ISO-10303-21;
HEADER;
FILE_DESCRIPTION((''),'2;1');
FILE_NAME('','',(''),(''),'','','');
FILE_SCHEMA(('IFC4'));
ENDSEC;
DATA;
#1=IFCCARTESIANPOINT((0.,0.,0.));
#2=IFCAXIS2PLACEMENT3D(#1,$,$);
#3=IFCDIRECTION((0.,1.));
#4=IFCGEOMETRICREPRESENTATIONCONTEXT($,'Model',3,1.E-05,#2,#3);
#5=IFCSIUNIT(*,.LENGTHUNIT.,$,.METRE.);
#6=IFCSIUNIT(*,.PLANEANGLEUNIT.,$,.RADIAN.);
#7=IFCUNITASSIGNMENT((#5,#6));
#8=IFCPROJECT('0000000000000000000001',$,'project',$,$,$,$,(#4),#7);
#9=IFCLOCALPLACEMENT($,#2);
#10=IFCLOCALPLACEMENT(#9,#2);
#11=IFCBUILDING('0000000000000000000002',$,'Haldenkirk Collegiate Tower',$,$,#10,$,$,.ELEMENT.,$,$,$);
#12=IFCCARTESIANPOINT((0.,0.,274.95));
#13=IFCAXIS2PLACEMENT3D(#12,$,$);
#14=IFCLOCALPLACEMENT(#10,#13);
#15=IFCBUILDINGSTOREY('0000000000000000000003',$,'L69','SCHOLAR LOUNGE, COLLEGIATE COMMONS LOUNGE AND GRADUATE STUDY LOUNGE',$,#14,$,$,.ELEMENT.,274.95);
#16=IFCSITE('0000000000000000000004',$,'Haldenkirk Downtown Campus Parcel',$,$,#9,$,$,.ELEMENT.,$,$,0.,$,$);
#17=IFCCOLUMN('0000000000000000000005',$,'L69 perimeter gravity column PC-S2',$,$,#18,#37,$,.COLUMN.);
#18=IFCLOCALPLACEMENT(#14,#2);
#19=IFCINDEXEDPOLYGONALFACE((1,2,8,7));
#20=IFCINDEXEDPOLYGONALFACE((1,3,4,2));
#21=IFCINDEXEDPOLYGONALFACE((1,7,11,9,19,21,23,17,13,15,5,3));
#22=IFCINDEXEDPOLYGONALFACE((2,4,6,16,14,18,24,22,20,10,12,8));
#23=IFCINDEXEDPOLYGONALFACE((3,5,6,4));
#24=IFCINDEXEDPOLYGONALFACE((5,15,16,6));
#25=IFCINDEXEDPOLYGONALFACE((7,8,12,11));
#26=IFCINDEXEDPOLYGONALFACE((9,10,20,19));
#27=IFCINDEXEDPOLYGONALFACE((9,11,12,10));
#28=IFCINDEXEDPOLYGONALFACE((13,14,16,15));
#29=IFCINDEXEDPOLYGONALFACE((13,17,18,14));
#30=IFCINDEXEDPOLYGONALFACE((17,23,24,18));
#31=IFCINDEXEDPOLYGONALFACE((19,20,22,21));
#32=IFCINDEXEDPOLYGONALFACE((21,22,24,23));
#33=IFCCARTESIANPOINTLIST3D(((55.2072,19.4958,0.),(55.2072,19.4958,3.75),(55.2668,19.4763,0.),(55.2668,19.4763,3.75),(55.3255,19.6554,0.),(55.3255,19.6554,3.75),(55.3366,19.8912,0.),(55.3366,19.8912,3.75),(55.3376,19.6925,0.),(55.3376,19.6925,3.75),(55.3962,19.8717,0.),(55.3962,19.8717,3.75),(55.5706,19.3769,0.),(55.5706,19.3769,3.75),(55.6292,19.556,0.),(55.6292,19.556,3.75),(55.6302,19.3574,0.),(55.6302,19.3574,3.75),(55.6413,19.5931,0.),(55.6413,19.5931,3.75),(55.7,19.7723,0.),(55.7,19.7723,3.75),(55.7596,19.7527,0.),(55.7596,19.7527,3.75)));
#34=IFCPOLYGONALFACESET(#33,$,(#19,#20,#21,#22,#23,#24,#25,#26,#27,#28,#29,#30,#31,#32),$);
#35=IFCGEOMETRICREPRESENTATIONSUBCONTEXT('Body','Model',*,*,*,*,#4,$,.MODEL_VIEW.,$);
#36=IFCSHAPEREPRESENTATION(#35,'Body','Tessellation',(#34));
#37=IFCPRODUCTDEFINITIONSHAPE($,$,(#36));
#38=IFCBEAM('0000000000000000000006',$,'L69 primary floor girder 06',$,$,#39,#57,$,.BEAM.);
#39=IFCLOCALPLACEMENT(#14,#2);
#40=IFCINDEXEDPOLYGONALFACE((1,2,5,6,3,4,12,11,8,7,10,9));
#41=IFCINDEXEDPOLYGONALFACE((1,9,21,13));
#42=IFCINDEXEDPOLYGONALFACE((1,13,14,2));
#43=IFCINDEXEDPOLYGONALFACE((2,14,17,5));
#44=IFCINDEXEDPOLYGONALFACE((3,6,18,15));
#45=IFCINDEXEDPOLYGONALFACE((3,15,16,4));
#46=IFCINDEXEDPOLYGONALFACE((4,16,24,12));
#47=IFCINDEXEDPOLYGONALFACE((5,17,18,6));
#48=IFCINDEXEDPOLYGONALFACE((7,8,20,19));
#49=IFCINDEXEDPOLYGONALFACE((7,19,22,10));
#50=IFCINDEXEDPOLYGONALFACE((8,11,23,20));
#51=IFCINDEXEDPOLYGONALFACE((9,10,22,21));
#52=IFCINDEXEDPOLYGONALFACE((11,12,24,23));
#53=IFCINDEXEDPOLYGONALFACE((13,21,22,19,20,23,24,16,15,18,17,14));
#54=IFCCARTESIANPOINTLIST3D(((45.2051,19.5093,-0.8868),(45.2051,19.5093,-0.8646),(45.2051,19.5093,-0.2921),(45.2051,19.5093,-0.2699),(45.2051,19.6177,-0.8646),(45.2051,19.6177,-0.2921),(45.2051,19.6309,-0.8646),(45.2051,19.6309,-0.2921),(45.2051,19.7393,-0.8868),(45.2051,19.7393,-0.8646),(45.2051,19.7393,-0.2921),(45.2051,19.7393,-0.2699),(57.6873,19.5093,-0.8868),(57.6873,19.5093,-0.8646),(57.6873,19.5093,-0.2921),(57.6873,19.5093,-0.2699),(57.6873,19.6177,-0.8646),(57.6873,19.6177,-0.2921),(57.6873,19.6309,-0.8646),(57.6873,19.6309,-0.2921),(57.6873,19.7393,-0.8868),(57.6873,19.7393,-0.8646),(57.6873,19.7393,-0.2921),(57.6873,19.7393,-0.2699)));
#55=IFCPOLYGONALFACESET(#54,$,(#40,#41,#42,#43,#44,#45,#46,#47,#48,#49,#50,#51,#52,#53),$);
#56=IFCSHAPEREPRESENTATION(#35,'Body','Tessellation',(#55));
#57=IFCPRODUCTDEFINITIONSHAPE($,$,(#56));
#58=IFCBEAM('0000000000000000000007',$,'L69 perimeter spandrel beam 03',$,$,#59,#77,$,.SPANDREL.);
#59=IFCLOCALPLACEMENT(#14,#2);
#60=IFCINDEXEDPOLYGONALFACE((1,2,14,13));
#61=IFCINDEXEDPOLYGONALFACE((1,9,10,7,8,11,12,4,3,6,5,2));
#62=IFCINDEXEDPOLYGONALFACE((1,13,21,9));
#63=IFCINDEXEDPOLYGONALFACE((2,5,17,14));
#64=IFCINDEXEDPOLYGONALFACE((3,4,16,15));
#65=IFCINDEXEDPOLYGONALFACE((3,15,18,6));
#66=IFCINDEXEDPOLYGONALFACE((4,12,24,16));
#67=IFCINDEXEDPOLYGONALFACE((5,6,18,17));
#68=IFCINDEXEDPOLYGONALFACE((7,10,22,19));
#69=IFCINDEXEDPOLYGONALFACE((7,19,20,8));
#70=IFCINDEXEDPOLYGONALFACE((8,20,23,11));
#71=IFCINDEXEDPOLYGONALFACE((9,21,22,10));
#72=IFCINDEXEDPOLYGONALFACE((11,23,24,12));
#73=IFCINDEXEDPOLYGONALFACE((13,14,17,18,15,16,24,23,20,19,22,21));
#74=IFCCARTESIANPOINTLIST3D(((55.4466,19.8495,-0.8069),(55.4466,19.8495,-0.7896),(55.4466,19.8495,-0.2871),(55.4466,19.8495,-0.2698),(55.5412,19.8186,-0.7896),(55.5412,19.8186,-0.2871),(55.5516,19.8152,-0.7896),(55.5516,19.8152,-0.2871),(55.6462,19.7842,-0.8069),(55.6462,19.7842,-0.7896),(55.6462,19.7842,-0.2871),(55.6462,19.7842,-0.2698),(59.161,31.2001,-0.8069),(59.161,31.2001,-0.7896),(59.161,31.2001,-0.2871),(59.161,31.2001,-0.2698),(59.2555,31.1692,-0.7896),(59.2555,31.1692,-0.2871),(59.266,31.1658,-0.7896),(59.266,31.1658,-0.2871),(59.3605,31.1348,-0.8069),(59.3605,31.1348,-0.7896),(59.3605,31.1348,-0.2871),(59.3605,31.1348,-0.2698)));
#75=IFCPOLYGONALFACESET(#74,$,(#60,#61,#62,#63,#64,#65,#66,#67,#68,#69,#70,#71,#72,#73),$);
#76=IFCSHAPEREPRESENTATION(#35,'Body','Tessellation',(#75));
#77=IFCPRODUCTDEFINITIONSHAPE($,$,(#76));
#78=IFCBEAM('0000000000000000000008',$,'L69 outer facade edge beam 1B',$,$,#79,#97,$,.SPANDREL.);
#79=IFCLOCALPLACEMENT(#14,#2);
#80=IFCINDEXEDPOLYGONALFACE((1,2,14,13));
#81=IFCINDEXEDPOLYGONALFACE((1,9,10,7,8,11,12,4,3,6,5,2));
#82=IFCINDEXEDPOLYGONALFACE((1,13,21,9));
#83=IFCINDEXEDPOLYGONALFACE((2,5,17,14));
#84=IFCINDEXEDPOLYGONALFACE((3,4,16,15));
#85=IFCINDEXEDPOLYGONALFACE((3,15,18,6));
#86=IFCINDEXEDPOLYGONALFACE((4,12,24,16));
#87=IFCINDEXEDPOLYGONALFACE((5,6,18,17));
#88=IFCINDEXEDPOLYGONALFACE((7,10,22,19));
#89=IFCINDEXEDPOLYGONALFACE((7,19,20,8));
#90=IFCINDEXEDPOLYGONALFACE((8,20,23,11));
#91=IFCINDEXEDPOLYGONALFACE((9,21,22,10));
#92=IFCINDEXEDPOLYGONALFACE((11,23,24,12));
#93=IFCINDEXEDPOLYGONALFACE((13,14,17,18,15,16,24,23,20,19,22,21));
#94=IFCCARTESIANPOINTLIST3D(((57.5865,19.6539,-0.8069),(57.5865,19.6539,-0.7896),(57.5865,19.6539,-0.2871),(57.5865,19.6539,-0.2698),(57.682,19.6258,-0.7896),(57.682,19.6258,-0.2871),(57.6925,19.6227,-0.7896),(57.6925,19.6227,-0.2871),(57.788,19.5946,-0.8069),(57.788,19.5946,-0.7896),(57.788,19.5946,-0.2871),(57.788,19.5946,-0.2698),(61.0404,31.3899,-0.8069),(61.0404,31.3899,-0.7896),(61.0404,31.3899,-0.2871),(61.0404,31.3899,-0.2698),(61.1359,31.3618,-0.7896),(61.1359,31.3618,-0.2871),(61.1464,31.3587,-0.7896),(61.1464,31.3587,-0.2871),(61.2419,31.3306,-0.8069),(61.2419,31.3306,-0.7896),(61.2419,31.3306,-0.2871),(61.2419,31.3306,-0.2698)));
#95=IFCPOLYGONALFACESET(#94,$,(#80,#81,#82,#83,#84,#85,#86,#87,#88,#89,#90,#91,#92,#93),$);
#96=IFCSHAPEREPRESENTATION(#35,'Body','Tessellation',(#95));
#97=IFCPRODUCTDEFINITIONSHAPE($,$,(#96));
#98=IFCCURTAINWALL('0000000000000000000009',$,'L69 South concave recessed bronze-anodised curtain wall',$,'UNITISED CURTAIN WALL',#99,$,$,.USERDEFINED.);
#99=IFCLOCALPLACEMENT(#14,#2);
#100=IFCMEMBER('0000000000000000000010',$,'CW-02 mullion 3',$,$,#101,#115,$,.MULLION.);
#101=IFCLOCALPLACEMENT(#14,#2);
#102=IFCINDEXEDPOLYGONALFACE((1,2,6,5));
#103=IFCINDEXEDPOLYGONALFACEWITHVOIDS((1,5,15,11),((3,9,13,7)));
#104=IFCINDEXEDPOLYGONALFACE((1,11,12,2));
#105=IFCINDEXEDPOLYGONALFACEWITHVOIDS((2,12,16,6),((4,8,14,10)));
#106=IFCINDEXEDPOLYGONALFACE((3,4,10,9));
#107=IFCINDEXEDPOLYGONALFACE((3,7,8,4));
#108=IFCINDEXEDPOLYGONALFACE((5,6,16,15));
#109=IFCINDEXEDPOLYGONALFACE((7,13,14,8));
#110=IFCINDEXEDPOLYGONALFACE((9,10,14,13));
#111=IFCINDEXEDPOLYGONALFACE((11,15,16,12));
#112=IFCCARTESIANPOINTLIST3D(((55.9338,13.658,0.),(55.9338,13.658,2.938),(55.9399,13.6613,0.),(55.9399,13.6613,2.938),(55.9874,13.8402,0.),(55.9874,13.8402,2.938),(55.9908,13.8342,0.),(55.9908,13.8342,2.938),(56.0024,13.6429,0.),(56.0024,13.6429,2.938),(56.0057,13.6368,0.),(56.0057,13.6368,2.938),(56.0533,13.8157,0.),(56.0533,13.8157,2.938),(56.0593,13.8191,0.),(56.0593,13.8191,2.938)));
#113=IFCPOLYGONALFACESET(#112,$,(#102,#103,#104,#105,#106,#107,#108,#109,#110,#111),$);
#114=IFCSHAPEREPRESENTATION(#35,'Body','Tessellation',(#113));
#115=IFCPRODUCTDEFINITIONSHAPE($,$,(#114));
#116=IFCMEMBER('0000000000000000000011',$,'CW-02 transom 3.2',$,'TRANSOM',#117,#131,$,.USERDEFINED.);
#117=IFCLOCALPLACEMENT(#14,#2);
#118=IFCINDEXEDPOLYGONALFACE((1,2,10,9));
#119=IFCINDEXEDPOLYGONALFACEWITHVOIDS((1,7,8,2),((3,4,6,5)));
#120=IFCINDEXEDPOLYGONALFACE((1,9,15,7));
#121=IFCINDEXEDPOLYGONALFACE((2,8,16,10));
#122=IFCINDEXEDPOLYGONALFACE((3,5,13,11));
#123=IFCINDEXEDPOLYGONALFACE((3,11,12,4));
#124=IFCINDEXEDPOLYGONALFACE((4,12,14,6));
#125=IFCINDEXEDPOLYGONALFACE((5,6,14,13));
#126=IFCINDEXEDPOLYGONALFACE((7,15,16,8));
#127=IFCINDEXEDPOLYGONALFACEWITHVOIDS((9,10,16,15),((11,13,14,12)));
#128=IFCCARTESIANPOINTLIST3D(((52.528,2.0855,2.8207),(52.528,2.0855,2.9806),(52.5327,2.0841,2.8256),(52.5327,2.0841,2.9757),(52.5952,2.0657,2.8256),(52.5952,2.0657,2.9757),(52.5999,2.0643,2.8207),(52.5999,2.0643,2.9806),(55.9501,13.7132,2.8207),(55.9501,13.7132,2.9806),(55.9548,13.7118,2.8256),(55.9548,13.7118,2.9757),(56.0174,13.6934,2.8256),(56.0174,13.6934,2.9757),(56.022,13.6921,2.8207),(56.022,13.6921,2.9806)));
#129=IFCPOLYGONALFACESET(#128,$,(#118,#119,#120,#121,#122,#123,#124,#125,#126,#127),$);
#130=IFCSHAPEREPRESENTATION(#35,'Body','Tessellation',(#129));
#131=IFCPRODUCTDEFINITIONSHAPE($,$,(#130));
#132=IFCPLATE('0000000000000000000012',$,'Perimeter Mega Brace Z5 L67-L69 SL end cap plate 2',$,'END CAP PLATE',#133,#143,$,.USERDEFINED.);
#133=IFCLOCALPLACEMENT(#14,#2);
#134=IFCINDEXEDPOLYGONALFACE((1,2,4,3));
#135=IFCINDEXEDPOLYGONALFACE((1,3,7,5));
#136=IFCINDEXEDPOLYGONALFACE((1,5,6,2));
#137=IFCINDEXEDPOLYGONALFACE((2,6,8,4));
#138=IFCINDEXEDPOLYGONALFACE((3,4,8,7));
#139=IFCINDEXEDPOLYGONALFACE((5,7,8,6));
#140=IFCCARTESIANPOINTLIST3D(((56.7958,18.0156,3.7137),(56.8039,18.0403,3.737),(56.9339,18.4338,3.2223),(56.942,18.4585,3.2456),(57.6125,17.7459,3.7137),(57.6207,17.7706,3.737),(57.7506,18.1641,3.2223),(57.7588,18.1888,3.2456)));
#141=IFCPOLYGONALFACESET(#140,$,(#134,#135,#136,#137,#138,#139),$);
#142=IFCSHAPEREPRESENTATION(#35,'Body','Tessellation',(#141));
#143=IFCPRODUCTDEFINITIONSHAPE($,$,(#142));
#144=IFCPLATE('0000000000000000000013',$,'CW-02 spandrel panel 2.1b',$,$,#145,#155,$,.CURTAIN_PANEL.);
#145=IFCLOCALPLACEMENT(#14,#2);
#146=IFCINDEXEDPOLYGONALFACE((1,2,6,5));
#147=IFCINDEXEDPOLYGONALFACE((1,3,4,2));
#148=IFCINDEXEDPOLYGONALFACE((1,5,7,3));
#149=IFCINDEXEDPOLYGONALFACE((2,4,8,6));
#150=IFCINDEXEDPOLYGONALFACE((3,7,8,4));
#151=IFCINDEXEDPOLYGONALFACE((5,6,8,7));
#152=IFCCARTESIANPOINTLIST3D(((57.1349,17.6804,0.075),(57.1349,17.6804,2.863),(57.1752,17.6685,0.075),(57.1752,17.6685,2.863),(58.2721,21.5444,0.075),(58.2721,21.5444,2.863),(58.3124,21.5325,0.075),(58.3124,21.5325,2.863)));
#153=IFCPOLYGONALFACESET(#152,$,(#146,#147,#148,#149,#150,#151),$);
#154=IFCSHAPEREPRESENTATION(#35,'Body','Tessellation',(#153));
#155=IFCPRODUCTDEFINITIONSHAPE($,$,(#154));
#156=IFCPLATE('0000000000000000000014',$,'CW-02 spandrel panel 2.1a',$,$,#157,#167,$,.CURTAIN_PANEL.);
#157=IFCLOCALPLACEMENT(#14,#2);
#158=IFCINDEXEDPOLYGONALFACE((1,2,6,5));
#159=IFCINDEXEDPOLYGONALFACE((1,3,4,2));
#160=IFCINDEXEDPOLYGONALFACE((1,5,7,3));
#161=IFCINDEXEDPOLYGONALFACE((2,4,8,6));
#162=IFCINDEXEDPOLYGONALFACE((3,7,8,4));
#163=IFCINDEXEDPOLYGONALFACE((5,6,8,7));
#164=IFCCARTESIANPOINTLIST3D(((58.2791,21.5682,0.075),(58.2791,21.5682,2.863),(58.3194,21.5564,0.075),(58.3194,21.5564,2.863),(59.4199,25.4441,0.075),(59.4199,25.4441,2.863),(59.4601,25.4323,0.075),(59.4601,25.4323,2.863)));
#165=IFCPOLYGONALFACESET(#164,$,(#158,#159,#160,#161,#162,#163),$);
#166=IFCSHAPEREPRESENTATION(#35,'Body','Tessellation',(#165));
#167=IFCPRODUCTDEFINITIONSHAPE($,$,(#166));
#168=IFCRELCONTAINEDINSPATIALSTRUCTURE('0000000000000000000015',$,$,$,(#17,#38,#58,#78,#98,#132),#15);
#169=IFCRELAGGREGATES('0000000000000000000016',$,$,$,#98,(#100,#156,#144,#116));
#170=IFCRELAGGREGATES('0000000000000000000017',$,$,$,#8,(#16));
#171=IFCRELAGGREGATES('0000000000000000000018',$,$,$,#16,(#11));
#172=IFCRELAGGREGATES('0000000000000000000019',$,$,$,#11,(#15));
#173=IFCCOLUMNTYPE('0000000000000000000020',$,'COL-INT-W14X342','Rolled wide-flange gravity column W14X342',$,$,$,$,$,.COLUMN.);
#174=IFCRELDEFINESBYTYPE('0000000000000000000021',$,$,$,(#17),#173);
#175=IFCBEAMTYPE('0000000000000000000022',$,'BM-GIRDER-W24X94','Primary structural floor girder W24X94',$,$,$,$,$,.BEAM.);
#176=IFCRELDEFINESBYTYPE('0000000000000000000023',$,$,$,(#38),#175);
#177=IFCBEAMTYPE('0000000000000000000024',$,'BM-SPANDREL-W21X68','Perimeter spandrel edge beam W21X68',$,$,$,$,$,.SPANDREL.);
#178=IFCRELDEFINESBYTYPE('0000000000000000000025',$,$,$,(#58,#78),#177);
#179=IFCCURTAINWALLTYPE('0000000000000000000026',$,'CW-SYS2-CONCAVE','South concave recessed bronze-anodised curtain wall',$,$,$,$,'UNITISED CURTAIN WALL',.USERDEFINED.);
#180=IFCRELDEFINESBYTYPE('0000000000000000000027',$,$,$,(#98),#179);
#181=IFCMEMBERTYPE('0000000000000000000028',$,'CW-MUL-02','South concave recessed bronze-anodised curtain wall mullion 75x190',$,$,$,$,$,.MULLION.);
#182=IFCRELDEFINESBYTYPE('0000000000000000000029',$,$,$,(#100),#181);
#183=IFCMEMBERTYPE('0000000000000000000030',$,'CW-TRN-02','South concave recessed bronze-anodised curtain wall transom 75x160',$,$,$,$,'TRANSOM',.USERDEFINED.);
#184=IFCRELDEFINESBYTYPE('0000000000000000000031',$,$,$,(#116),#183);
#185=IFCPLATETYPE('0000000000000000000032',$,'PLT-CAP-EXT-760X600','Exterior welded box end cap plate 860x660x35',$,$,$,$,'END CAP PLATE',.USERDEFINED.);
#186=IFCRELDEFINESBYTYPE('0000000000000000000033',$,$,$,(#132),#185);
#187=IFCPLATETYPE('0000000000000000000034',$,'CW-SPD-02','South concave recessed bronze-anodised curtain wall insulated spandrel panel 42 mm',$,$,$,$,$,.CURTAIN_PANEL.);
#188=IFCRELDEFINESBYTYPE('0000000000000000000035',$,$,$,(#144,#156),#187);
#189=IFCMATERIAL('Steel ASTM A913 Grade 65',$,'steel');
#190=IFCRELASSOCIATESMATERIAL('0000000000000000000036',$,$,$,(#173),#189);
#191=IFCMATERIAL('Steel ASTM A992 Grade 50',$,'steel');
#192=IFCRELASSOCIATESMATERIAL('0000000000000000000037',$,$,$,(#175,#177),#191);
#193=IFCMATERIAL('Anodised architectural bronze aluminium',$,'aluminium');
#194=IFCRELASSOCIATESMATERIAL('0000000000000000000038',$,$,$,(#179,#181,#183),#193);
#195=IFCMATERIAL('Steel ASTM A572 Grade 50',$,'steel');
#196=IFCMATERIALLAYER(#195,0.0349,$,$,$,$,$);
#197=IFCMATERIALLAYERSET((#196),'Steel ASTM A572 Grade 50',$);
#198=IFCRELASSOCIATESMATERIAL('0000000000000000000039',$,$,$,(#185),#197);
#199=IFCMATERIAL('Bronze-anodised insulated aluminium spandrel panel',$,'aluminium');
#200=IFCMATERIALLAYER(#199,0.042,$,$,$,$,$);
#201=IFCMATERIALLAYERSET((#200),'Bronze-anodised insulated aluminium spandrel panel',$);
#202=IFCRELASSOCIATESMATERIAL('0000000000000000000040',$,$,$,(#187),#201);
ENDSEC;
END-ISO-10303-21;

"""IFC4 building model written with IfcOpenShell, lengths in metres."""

from ifc_helpers import new_model, si_unit, direction, frame, origin, origin_2d, place, context, subcontext, project, spatial, rectangle, hollow_rectangle, i_section, extrude, source, transform, mapped, material, layer, layer_set, material_profile, profile_set, type_object, element, aggregate, save


model = new_model("IFC4")

# Units and contexts
model_context = context("Model", 3, precision=1e-05, world=origin(), true_north=direction((0.0, 1.0)))
body_context = subcontext(model_context, "Body", "Model", "MODEL_VIEW")
ifc_project = project(units=[si_unit("LENGTHUNIT", "METRE"), si_unit("PLANEANGLEUNIT", "RADIAN")], contexts=[model_context])

# Site, building, storey
site_placement = place(None, origin())
site = spatial("IfcSite", under=ifc_project, at=site_placement, Name="Haldenkirk Downtown Campus Parcel", CompositionType="ELEMENT", RefElevation=0.0)
building_placement = place(site_placement, origin())
building = spatial("IfcBuilding", under=site, at=building_placement, Name="Haldenkirk Collegiate Tower", CompositionType="ELEMENT")
storey_placement = place(building_placement, frame((0.0, 0.0, 274.95)))
storey = spatial("IfcBuildingStorey", under=building, at=storey_placement, Name="L69", Description="SCHOLAR LOUNGE, COLLEGIATE COMMONS LOUNGE AND GRADUATE STUDY LOUNGE", CompositionType="ELEMENT", Elevation=274.95)

# Column
ifc_material_1 = material(Name="Steel ASTM A913 Grade 65", Category="steel")
ifc_material_profile_1 = material_profile(ifc_material_1, i_section(OverallWidth=0.416, OverallDepth=0.4451, WebThickness=0.0391, FlangeThickness=0.0627, at=origin_2d()), Name="W14X342")
ifc_profile_set_1 = profile_set([ifc_material_profile_1], Name="Steel ASTM A913 Grade 65")
column_type = type_object("IfcColumnType", Name="COL-INT-W14X342", Description="Rolled wide-flange gravity column W14X342", PredefinedType="COLUMN", material=ifc_profile_set_1)
column_placement = place(storey_placement, frame((55.4834, 19.6243, 0.0), z_axis=(0.0, 0.0, 1.0), x_axis=(0.311008, 0.950407, 0.0)))
element("IfcColumn", 1, at=column_placement, inside=storey, type_object=column_type, Name="L69 perimeter gravity column PC-S2", PredefinedType="COLUMN", context=body_context, shape_type="SweptSolid", body=[
    extrude(i_section(OverallWidth=0.416, OverallDepth=0.4451, WebThickness=0.0391, FlangeThickness=0.0627, at=origin_2d()), origin(), (0.0, 0.0, 1.0), 3.75),
])

# Beams
ifc_material_2 = material(Name="Steel ASTM A992 Grade 50", Category="steel")
ifc_material_profile_2 = material_profile(ifc_material_2, i_section(OverallWidth=0.23, OverallDepth=0.6169, WebThickness=0.0132, FlangeThickness=0.0222, at=origin_2d()), Name="W24X94")
ifc_profile_set_2 = profile_set([ifc_material_profile_2], Name="Steel ASTM A992 Grade 50")
beam_type_1 = type_object("IfcBeamType", Name="BM-GIRDER-W24X94", Description="Primary structural floor girder W24X94", PredefinedType="BEAM", material=ifc_profile_set_2)
beam_1_placement = place(storey_placement, frame((57.6873, 19.6243, -0.5784), z_axis=(-1.0, 0.0, 0.0), x_axis=(0.0, -1.0, 0.0)))
element("IfcBeam", 2, at=beam_1_placement, inside=storey, type_object=beam_type_1, Name="L69 primary floor girder 06", PredefinedType="BEAM", context=body_context, shape_type="SweptSolid", body=[
    extrude(i_section(OverallWidth=0.23, OverallDepth=0.6169, WebThickness=0.0132, FlangeThickness=0.0222, at=origin_2d()), origin(), (0.0, 0.0, 1.0), 12.4822),
])
ifc_material_profile_3 = material_profile(ifc_material_2, i_section(OverallWidth=0.21, OverallDepth=0.5371, WebThickness=0.011, FlangeThickness=0.0173, at=origin_2d()), Name="W21X68")
ifc_profile_set_3 = profile_set([ifc_material_profile_3], Name="Steel ASTM A992 Grade 50")
beam_type_2 = type_object("IfcBeamType", Name="BM-SPANDREL-W21X68", Description="Perimeter spandrel edge beam W21X68", PredefinedType="SPANDREL", material=ifc_profile_set_3)
beam_2_placement = place(storey_placement, frame((55.5464, 19.8169, -0.5383), z_axis=(0.31101, 0.950407, 0.0), x_axis=(-0.950407, 0.31101, 0.0)))
element("IfcBeam", 3, at=beam_2_placement, inside=storey, type_object=beam_type_2, Name="L69 perimeter spandrel beam 03", PredefinedType="SPANDREL", context=body_context, shape_type="SweptSolid", body=[
    extrude(i_section(OverallWidth=0.21, OverallDepth=0.5371, WebThickness=0.011, FlangeThickness=0.0173, at=origin_2d()), origin(), (0.0, 0.0, 1.0), 11.9429),
])
beam_3_placement = place(storey_placement, frame((57.6873, 19.6243, -0.5383), z_axis=(0.282327, 0.959318, 0.0), x_axis=(-0.959318, 0.282327, 0.0)))
element("IfcBeam", 4, at=beam_3_placement, inside=storey, type_object=beam_type_2, Name="L69 outer facade edge beam 1B", PredefinedType="SPANDREL", context=body_context, shape_type="SweptSolid", body=[
    extrude(i_section(OverallWidth=0.21, OverallDepth=0.5371, WebThickness=0.011, FlangeThickness=0.0173, at=origin_2d()), origin(), (0.0, 0.0, 1.0), 12.2336),
])

# Curtain wall, members
ifc_material_3 = material(Name="Anodised architectural bronze aluminium", Category="aluminium")
curtain_wall_type = type_object("IfcCurtainWallType", Name="CW-SYS2-CONCAVE", Description="South concave recessed bronze-anodised curtain wall", ElementType="UNITISED CURTAIN WALL", PredefinedType="USERDEFINED", material=ifc_material_3)
curtain_wall_placement = place(storey_placement, origin())
curtain_wall = element("IfcCurtainWall", 5, at=curtain_wall_placement, inside=storey, type_object=curtain_wall_type, Name="L69 South concave recessed bronze-anodised curtain wall", ObjectType="UNITISED CURTAIN WALL", PredefinedType="USERDEFINED")
ifc_material_profile_4 = material_profile(ifc_material_3, hollow_rectangle(XDim=0.075, YDim=0.1899, WallThickness=0.0049, at=origin_2d()), Name="CW-MUL-02")
ifc_profile_set_4 = profile_set([ifc_material_profile_4], Name="Anodised architectural bronze aluminium")
member_type_1 = type_object("IfcMemberType", Name="CW-MUL-02", Description="South concave recessed bronze-anodised curtain wall mullion 75x190", PredefinedType="MULLION", material=ifc_profile_set_4)
member_1_placement = place(storey_placement, frame((55.9966, 13.7385, 0.0), z_axis=(0.0, 0.0, 1.0), x_axis=(0.959314, -0.282341, 0.0)))
member_1 = element("IfcMember", 6, at=member_1_placement, type_object=member_type_1, Name="CW-02 mullion 3", PredefinedType="MULLION", context=body_context, shape_type="SweptSolid", body=[
    extrude(hollow_rectangle(XDim=0.075, YDim=0.1899, WallThickness=0.0049, at=origin_2d()), origin(), (0.0, 0.0, 1.0), 2.938),
])
ifc_material_profile_5 = material_profile(ifc_material_3, hollow_rectangle(XDim=0.075, YDim=0.1599, WallThickness=0.0049, at=origin_2d()), Name="CW-TRN-02")
ifc_profile_set_5 = profile_set([ifc_material_profile_5], Name="Anodised architectural bronze aluminium")
member_type_2 = type_object("IfcMemberType", Name="CW-TRN-02", Description="South concave recessed bronze-anodised curtain wall transom 75x160", ElementType="TRANSOM", PredefinedType="USERDEFINED", material=ifc_profile_set_5)
member_2_placement = place(storey_placement, frame((55.9861, 13.7026, 2.9006), z_axis=(-0.282334, -0.959316, 0.0), x_axis=(0.959316, -0.282334, 0.0)))
member_2 = element("IfcMember", 7, at=member_2_placement, type_object=member_type_2, Name="CW-02 transom 3.2", ObjectType="TRANSOM", PredefinedType="USERDEFINED", context=body_context, shape_type="SweptSolid", body=[
    extrude(hollow_rectangle(XDim=0.075, YDim=0.1599, WallThickness=0.0049, at=origin_2d()), origin(), (0.0, 0.0, 1.0), 12.1208),
])

# Plates
ifc_material_4 = material(Name="Steel ASTM A572 Grade 50", Category="steel")
ifc_layer_1 = layer(ifc_material_4, 0.0349)
ifc_layer_set_1 = layer_set([ifc_layer_1], Name="Steel ASTM A572 Grade 50")
plate_type_1 = type_object("IfcPlateType", Name="PLT-CAP-EXT-760X600", Description="Exterior welded box end cap plate 860x660x35", ElementType="END CAP PLATE", PredefinedType="USERDEFINED", material=ifc_layer_set_1)
shared_shape_1 = source(origin(), body_context, "Body", "SweptSolid", [
    extrude(rectangle(XDim=0.8601, YDim=0.6599, at=origin_2d()), origin(), (0.0, 0.0, 1.0), 0.0349),
])
plate_1_placement = place(storey_placement, frame((57.2732, 18.0898, 3.468), z_axis=(0.233503, 0.707188, 0.667354), x_axis=(-0.949576, 0.313536, 0.0)))
element("IfcPlate", 8, at=plate_1_placement, inside=storey, type_object=plate_type_1, Name="Perimeter Mega Brace Z5 L67-L69 SL end cap plate 2", ObjectType="END CAP PLATE", PredefinedType="USERDEFINED", context=body_context, shape_type="MappedRepresentation", body=[
    mapped(shared_shape_1, transform((0.0, 0.0, 0.0), x_axis=(1.0, 0.0, 0.0), y_axis=(0.0, 1.0, 0.0), z_axis=(0.0, 0.0, 1.0), scale=1.0)),
])
ifc_material_5 = material(Name="Bronze-anodised insulated aluminium spandrel panel", Category="aluminium")
ifc_layer_2 = layer(ifc_material_5, 0.042)
ifc_layer_set_2 = layer_set([ifc_layer_2], Name="Bronze-anodised insulated aluminium spandrel panel")
plate_type_2 = type_object("IfcPlateType", Name="CW-SPD-02", Description="South concave recessed bronze-anodised curtain wall insulated spandrel panel 42 mm", PredefinedType="CURTAIN_PANEL", material=ifc_layer_set_2)
shared_shape_2 = source(origin(), body_context, "Body", "SweptSolid", [
    extrude(rectangle(XDim=4.0278, YDim=0.042, at=origin_2d()), origin(), (0.0, 0.0, 1.0), 2.7881),
])
plate_2_placement = place(storey_placement, frame((57.7236, 19.6064, 0.075), z_axis=(0.0, 0.0, 1.0), x_axis=(-0.282341, -0.959314, 0.0)))
plate_2 = element("IfcPlate", 9, at=plate_2_placement, type_object=plate_type_2, Name="CW-02 spandrel panel 2.1b", PredefinedType="CURTAIN_PANEL", context=body_context, shape_type="MappedRepresentation", body=[
    mapped(shared_shape_2, transform((0.0, 0.0, 0.0), x_axis=(1.0, 0.0, 0.0), y_axis=(0.0, 1.0, 0.0), z_axis=(0.0, 0.0, 1.0), scale=1.0)),
])
shared_shape_3 = source(origin(), body_context, "Body", "SweptSolid", [
    extrude(rectangle(XDim=4.0403, YDim=0.042, at=origin_2d()), origin(), (0.0, 0.0, 1.0), 2.7881),
])
plate_3_placement = place(storey_placement, frame((58.8696, 23.5002, 0.075), z_axis=(0.0, 0.0, 1.0), x_axis=(-0.282341, -0.959314, 0.0)))
plate_3 = element("IfcPlate", 10, at=plate_3_placement, type_object=plate_type_2, Name="CW-02 spandrel panel 2.1a", PredefinedType="CURTAIN_PANEL", context=body_context, shape_type="MappedRepresentation", body=[
    mapped(shared_shape_3, transform((0.0, 0.0, 0.0), x_axis=(1.0, 0.0, 0.0), y_axis=(0.0, 1.0, 0.0), z_axis=(0.0, 0.0, 1.0), scale=1.0)),
])
aggregate(curtain_wall, [member_1, plate_3, plate_2, member_2])

save(model, "model.ifc")
